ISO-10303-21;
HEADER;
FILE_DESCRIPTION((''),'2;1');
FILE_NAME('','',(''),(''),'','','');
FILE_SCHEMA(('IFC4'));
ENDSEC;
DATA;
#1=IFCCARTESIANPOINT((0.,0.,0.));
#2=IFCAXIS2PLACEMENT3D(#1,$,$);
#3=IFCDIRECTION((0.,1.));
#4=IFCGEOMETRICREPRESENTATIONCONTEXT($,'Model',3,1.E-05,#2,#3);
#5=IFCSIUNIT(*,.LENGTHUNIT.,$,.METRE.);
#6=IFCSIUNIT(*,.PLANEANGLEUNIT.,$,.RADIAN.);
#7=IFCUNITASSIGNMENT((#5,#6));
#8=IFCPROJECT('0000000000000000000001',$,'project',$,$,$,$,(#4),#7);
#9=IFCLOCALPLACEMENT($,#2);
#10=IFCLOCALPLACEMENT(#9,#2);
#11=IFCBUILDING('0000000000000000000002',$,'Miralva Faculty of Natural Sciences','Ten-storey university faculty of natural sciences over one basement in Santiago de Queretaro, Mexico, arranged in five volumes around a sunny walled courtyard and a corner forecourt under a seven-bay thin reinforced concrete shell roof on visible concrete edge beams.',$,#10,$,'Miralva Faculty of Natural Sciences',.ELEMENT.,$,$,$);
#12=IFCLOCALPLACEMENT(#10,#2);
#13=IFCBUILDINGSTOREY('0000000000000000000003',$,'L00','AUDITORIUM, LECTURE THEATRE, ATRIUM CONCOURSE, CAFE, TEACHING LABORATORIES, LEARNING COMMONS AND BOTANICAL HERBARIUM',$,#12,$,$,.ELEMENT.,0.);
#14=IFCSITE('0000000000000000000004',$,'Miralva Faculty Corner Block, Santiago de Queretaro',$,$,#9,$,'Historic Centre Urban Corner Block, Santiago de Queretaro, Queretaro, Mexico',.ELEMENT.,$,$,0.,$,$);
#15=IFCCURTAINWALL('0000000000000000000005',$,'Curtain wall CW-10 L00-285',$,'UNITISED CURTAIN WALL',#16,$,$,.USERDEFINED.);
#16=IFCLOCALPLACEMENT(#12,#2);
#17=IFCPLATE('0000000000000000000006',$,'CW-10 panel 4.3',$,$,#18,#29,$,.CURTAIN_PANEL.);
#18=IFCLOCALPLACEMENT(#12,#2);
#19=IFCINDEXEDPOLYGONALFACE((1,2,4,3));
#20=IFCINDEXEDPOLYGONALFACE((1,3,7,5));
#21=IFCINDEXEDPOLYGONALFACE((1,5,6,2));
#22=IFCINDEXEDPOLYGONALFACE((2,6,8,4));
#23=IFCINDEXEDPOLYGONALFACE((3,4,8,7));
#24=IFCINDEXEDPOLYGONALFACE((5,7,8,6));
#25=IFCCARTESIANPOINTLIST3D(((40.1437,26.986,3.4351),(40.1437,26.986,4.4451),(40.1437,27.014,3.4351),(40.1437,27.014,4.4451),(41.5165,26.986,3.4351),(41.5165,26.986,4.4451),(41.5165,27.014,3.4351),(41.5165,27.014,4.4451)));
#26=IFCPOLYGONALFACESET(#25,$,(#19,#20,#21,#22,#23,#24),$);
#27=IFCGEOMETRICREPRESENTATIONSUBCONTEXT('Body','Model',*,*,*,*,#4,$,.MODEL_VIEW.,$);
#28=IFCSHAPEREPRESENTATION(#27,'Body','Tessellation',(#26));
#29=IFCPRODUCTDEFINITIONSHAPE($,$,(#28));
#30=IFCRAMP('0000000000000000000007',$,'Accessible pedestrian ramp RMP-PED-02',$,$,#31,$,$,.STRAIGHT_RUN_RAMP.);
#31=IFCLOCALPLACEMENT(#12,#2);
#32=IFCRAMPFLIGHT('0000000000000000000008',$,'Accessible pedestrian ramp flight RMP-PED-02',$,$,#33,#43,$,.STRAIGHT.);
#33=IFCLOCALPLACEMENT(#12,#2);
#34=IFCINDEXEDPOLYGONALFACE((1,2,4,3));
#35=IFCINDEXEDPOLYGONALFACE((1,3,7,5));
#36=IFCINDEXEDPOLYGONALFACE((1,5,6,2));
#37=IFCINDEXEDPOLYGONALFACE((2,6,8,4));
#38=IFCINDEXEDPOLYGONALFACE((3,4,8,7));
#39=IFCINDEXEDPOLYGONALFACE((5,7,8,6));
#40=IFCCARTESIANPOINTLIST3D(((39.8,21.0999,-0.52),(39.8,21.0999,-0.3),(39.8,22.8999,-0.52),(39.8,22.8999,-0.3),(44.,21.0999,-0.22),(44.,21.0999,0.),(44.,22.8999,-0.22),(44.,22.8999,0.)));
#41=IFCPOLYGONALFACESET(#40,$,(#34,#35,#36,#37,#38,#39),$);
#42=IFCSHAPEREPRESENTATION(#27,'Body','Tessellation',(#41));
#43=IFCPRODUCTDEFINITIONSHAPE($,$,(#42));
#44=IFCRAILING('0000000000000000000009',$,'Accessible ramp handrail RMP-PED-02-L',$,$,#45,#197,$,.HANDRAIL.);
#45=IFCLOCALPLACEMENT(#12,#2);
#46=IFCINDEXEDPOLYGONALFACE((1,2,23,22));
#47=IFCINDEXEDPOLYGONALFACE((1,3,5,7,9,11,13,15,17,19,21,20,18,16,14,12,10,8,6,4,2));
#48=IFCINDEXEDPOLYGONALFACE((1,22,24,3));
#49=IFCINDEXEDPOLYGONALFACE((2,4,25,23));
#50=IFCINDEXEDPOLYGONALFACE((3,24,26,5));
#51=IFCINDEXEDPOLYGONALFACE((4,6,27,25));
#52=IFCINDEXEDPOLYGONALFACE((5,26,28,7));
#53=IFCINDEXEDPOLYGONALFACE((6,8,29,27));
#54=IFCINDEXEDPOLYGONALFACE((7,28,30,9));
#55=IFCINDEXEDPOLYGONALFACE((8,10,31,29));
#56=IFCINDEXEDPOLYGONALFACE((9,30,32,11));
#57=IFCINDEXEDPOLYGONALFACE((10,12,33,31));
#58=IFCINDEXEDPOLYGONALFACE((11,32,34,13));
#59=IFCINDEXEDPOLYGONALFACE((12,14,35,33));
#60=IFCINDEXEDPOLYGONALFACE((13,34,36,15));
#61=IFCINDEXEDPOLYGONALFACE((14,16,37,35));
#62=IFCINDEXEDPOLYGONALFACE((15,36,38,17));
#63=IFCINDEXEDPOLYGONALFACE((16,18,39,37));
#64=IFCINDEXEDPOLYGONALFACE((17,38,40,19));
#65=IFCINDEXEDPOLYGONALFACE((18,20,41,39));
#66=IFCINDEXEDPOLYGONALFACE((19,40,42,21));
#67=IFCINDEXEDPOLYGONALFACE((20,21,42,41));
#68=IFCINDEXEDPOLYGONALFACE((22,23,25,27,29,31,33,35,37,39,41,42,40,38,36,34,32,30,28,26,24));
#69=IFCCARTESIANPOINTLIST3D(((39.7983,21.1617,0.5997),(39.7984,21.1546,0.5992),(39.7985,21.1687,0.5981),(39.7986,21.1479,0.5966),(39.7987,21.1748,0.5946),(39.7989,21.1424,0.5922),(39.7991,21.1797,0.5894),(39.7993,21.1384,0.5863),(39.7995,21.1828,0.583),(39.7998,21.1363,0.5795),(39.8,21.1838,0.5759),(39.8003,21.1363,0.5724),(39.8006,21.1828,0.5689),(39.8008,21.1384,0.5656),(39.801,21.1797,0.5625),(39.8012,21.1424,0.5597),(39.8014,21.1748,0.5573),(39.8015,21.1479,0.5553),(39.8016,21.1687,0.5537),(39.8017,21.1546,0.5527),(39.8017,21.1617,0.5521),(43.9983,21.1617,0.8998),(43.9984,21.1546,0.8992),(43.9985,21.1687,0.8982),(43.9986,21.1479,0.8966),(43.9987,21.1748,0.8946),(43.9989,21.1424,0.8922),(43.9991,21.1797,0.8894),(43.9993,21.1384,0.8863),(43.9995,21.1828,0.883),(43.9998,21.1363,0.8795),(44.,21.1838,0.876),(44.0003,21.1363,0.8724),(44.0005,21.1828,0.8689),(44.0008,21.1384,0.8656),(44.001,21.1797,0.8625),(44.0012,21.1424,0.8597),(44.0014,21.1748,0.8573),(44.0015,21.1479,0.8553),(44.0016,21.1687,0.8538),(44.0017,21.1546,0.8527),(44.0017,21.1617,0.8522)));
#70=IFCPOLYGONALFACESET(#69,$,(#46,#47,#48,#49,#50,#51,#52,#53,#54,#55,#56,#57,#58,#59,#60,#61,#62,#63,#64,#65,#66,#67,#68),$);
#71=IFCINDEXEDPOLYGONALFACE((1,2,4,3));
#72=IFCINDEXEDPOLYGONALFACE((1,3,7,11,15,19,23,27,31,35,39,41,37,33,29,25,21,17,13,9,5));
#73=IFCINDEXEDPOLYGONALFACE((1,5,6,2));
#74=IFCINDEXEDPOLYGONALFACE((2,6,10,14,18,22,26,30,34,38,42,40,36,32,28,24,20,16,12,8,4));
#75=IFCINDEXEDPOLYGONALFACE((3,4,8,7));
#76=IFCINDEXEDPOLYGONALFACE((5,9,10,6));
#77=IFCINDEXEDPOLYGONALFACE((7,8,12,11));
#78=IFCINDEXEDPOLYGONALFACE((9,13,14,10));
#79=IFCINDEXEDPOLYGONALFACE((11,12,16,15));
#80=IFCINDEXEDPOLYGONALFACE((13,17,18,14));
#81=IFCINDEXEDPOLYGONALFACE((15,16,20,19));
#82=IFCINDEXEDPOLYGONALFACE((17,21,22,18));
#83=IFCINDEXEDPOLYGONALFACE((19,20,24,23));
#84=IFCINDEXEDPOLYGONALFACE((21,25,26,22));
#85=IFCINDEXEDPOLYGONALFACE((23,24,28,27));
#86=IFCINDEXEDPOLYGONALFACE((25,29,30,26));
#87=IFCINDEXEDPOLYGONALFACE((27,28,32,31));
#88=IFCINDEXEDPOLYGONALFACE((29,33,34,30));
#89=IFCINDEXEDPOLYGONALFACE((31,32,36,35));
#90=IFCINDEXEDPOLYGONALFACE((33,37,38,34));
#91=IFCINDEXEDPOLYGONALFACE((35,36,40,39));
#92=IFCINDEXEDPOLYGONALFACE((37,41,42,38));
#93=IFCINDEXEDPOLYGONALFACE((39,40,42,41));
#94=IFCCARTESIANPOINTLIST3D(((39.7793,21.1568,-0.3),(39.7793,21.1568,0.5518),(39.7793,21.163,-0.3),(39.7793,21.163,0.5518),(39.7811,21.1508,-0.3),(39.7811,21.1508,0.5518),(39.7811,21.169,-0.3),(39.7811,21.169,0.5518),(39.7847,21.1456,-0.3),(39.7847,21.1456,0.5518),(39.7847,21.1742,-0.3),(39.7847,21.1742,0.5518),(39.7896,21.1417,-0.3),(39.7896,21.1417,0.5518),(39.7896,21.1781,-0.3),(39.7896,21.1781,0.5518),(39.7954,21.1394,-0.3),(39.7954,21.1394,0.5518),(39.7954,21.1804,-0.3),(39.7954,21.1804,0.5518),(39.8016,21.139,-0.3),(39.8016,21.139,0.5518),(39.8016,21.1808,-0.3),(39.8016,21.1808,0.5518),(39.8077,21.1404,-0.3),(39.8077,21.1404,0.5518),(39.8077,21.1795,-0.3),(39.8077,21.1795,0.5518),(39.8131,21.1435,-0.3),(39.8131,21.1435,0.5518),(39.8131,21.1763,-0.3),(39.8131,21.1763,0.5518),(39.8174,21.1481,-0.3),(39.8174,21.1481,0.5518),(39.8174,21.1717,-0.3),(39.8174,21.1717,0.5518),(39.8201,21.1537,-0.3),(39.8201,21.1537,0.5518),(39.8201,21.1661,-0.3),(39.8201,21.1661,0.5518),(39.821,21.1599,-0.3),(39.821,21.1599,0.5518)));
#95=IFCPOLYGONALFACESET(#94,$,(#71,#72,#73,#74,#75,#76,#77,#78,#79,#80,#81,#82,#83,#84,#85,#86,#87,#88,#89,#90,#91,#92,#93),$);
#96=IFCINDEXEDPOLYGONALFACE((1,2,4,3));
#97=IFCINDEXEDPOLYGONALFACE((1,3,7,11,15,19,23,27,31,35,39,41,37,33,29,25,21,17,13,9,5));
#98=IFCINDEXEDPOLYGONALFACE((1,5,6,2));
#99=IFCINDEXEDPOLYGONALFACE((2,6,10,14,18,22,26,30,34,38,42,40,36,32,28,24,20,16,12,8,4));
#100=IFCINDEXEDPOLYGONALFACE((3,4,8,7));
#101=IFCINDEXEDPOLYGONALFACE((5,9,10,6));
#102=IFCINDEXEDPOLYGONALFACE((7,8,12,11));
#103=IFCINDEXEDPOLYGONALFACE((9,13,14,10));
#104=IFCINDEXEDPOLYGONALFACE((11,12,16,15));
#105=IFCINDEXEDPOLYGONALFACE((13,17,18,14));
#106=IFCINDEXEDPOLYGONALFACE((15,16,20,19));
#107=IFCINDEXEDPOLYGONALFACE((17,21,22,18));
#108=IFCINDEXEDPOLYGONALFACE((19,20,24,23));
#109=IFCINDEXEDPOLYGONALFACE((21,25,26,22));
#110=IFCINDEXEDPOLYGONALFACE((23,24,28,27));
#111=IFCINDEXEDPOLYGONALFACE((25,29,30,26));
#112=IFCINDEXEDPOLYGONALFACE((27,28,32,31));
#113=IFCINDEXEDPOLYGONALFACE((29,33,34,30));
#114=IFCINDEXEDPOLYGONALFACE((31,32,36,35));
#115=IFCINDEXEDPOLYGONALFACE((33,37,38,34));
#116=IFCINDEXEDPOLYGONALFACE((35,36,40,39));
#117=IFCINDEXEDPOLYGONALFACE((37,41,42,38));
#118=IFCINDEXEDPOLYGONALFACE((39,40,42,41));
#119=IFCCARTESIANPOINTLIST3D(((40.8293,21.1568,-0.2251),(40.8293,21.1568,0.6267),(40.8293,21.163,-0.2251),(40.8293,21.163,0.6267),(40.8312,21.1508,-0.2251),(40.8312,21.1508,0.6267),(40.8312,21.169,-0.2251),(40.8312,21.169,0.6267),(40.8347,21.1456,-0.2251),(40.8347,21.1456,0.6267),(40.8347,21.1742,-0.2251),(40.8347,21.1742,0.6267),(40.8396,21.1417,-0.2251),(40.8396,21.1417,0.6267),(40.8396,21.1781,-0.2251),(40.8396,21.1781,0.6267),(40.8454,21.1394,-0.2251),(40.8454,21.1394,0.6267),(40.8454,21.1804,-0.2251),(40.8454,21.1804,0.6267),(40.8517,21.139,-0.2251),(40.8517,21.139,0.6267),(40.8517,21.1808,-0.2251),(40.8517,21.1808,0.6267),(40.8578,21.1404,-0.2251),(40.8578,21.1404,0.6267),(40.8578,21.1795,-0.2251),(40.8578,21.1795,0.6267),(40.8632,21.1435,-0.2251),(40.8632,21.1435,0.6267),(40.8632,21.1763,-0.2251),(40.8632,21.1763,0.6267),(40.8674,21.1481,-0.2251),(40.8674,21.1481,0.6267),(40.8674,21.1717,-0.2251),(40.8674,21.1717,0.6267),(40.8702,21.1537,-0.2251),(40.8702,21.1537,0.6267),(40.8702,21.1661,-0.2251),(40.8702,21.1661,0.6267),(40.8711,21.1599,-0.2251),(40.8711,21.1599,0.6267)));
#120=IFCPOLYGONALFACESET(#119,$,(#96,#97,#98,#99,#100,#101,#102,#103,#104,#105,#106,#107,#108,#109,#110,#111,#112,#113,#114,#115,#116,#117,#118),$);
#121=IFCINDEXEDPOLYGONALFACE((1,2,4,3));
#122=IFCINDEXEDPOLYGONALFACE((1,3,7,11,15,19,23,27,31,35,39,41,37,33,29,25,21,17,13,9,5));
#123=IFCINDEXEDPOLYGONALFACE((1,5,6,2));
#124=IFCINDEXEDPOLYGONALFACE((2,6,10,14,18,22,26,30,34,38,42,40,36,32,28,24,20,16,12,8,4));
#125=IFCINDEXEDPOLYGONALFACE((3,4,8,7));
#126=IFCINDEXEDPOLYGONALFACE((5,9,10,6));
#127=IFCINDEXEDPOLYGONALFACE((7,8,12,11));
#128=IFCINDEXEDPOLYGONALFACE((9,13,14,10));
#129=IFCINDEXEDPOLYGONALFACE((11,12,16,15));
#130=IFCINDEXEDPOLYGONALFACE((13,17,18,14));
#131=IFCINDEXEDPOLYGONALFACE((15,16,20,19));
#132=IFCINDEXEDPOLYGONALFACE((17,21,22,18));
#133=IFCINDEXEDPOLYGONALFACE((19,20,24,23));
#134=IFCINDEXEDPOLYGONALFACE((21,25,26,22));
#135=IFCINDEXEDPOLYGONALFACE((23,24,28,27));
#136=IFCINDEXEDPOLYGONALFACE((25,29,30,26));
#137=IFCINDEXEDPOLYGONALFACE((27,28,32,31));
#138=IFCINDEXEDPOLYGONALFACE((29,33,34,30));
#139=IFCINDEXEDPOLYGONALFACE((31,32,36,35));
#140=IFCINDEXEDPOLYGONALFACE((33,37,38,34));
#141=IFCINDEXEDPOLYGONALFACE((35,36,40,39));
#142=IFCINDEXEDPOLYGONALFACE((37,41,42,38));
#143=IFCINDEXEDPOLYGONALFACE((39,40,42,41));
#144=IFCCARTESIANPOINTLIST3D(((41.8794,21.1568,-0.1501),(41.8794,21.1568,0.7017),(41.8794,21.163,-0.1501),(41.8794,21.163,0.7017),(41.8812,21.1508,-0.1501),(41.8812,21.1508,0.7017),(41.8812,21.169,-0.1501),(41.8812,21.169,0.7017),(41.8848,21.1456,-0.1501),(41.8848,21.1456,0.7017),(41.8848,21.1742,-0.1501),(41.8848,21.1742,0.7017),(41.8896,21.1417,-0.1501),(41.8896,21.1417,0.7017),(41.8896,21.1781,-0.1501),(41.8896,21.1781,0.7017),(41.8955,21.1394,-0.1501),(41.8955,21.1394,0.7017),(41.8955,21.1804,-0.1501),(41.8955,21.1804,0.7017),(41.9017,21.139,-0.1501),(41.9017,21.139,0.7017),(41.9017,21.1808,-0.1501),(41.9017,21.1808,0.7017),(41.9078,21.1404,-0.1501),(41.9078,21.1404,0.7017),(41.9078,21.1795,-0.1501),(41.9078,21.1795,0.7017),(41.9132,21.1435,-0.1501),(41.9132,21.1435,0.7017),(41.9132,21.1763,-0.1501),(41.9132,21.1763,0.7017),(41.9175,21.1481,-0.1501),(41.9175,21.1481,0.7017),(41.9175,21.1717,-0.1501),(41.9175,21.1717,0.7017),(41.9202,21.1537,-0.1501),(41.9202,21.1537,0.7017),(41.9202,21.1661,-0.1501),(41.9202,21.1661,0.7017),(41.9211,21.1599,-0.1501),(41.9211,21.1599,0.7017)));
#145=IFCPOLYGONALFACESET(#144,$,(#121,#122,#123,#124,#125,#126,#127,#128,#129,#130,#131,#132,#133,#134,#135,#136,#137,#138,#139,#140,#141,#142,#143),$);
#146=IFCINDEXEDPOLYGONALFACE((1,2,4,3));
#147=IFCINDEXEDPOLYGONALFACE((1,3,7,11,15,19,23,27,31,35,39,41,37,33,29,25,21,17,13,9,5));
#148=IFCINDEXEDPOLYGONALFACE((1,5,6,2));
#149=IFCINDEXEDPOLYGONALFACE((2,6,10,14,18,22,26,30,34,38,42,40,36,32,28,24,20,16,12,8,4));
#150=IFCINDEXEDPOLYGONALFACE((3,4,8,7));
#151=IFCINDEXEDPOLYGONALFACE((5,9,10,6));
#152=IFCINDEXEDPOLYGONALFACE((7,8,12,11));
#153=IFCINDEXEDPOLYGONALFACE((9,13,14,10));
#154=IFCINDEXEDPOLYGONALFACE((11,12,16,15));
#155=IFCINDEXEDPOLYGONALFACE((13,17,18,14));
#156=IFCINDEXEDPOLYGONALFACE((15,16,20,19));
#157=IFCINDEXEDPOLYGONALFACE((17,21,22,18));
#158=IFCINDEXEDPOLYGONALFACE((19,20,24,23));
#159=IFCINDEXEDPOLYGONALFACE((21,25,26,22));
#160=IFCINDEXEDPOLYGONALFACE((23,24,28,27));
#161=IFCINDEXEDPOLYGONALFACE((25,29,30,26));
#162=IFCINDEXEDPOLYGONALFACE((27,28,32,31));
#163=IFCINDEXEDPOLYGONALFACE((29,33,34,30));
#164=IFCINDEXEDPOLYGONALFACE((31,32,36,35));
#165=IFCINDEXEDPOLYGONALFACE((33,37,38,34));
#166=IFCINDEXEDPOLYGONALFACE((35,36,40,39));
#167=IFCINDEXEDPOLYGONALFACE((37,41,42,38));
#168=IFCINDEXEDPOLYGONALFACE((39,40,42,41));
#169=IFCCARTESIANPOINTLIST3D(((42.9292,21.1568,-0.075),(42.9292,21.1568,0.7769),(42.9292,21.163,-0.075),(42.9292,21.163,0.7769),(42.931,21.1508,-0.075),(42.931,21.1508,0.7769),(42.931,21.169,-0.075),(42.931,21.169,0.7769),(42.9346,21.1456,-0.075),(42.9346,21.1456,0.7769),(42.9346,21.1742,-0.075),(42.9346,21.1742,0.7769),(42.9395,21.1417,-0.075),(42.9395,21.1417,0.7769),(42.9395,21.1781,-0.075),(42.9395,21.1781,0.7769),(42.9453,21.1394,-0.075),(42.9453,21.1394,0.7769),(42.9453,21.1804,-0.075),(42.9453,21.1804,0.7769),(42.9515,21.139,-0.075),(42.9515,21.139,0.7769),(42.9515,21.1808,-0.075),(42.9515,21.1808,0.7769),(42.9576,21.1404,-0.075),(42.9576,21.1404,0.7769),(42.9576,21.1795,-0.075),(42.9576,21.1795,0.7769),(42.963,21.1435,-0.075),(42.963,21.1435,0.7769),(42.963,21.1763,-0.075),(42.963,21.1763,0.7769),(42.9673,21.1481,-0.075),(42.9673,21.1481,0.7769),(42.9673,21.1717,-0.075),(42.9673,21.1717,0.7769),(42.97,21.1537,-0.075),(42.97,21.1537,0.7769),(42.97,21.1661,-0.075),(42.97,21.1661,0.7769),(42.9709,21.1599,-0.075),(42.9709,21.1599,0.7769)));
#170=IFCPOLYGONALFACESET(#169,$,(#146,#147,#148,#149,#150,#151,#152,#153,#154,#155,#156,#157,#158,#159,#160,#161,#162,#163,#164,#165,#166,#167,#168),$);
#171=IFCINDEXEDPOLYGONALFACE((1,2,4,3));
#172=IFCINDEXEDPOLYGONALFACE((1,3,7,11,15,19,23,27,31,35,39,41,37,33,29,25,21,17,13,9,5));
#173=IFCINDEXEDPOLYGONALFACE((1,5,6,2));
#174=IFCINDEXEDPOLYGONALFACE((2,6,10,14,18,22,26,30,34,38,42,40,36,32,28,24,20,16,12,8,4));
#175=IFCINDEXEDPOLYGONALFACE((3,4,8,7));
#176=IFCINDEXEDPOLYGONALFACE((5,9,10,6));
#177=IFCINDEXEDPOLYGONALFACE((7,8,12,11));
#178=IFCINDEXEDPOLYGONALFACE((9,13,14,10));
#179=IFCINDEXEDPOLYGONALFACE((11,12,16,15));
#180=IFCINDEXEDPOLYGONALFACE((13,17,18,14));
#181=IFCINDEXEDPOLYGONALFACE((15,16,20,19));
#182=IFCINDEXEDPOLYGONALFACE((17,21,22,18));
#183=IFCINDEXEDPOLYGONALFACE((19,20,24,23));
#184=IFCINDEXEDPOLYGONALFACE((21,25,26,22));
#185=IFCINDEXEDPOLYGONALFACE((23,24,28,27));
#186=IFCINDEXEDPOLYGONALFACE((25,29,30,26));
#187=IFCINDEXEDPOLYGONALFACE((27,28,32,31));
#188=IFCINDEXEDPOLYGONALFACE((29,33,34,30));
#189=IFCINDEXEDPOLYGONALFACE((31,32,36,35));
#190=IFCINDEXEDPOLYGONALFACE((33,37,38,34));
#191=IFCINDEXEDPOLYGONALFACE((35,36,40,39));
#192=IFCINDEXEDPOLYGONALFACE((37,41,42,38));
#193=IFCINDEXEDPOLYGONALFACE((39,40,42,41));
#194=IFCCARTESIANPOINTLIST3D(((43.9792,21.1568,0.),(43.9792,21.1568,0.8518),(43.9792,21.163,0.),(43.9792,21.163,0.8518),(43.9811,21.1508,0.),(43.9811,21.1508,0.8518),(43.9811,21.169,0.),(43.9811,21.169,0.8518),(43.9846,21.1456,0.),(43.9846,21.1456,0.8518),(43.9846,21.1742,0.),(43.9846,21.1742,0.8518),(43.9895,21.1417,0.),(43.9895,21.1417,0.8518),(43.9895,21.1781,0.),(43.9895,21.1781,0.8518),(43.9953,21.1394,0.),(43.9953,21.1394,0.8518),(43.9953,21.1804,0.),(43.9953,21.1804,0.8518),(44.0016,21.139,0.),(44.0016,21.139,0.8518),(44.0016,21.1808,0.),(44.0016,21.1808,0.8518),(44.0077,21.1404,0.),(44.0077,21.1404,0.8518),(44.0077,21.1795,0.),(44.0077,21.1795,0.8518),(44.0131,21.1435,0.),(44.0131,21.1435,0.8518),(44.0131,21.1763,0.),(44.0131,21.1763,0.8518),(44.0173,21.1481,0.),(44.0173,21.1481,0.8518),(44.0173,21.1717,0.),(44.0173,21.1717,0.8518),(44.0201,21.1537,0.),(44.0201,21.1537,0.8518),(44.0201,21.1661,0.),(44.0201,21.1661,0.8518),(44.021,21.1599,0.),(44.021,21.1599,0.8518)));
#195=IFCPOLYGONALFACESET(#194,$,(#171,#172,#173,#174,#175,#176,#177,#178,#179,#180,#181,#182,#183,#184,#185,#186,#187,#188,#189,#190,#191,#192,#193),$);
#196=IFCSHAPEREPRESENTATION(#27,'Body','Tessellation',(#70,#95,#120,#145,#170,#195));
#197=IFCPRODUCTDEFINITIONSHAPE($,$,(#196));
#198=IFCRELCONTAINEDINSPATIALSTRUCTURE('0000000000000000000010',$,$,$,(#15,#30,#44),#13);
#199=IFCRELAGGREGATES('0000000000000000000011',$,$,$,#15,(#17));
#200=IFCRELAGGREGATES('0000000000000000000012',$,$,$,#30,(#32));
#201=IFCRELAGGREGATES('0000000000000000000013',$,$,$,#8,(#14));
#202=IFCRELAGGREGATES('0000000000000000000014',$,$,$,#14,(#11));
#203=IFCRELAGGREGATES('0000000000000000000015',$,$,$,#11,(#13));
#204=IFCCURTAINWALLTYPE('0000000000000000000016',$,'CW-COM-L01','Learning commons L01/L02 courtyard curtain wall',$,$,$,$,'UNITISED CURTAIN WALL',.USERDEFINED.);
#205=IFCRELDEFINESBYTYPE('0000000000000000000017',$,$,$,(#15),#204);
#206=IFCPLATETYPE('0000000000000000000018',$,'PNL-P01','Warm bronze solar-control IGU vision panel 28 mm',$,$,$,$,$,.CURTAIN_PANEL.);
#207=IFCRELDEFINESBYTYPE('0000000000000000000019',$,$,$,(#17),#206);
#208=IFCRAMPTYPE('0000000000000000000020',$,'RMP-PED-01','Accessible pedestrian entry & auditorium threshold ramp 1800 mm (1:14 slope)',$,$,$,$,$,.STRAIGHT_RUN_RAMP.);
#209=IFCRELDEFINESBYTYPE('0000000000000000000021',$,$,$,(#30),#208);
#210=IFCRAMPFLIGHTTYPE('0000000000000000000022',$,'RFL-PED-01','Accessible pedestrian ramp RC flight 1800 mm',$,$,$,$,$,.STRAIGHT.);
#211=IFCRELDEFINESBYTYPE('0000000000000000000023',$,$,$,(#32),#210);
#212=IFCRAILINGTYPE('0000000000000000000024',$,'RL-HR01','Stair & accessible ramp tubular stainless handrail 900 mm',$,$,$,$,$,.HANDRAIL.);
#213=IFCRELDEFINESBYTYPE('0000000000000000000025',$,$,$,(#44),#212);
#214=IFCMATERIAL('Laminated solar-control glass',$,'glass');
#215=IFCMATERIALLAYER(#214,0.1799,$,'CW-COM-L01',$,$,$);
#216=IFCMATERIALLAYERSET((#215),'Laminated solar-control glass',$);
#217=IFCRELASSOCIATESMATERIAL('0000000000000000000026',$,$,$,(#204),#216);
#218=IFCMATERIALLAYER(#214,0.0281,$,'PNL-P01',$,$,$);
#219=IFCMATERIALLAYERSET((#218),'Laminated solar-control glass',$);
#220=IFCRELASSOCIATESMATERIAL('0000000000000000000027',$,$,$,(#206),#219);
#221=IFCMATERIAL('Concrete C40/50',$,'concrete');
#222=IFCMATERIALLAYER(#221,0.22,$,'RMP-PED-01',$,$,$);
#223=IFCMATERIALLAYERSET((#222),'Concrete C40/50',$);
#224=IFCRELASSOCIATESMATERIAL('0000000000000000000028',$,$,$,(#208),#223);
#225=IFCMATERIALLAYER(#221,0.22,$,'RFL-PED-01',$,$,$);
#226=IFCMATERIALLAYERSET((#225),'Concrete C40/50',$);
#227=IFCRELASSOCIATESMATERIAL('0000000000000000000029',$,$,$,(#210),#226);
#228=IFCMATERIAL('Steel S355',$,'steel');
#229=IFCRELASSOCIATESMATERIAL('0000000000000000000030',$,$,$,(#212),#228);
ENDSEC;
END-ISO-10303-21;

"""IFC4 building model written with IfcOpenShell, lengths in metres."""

from ifc_helpers import new_model, si_unit, direction, frame, origin, origin_2d, place, context, subcontext, project, spatial, polyline, rectangle, circle, outline, extrude, material, layer, layer_set, type_object, element, aggregate, save


model = new_model("IFC4")

# Units and contexts
model_context = context("Model", 3, precision=1e-05, world=origin(), true_north=direction((0.0, 1.0)))
body_context = subcontext(model_context, "Body", "Model", "MODEL_VIEW")
ifc_project = project(units=[si_unit("LENGTHUNIT", "METRE"), si_unit("PLANEANGLEUNIT", "RADIAN")], contexts=[model_context])

# Site, building, storey
site_placement = place(None, origin())
site = spatial("IfcSite", under=ifc_project, at=site_placement, Name="Miralva Faculty Corner Block, Santiago de Queretaro", LongName="Historic Centre Urban Corner Block, Santiago de Queretaro, Queretaro, Mexico", CompositionType="ELEMENT", RefElevation=0.0)
building_placement = place(site_placement, origin())
building = spatial("IfcBuilding", under=site, at=building_placement, Name="Miralva Faculty of Natural Sciences", Description="Ten-storey university faculty of natural sciences over one basement in Santiago de Queretaro, Mexico, arranged in five volumes around a sunny walled courtyard and a corner forecourt under a seven-bay thin reinforced concrete shell roof on visible concrete edge beams.", LongName="Miralva Faculty of Natural Sciences", CompositionType="ELEMENT")
storey_placement = place(building_placement, origin())
storey = spatial("IfcBuildingStorey", under=building, at=storey_placement, Name="L00", Description="AUDITORIUM, LECTURE THEATRE, ATRIUM CONCOURSE, CAFE, TEACHING LABORATORIES, LEARNING COMMONS AND BOTANICAL HERBARIUM", CompositionType="ELEMENT", Elevation=0.0)

# Shared definitions
ifc_material_1 = material(Name="Concrete C40/50", Category="concrete")

# Curtain wall, plate
ifc_material_2 = material(Name="Laminated solar-control glass", Category="glass")
ifc_layer_1 = layer(ifc_material_2, 0.1799, Name="CW-COM-L01")
ifc_layer_set_1 = layer_set([ifc_layer_1], Name="Laminated solar-control glass")
curtain_wall_type = type_object("IfcCurtainWallType", Name="CW-COM-L01", Description="Learning commons L01/L02 courtyard curtain wall", ElementType="UNITISED CURTAIN WALL", PredefinedType="USERDEFINED", material=ifc_layer_set_1)
curtain_wall_placement = place(storey_placement, origin())
curtain_wall = element("IfcCurtainWall", 1, at=curtain_wall_placement, inside=storey, type_object=curtain_wall_type, Name="Curtain wall CW-10 L00-285", ObjectType="UNITISED CURTAIN WALL", PredefinedType="USERDEFINED")
ifc_layer_2 = layer(ifc_material_2, 0.0281, Name="PNL-P01")
ifc_layer_set_2 = layer_set([ifc_layer_2], Name="Laminated solar-control glass")
plate_type = type_object("IfcPlateType", Name="PNL-P01", Description="Warm bronze solar-control IGU vision panel 28 mm", PredefinedType="CURTAIN_PANEL", material=ifc_layer_set_2)
plate_1_placement = place(storey_placement, frame((40.8301, 27.0, 3.4351), z_axis=(0.0, 0.0, 1.0), x_axis=(1.0, 0.0, 0.0)))
plate_1 = element("IfcPlate", 2, at=plate_1_placement, type_object=plate_type, Name="CW-10 panel 4.3", PredefinedType="CURTAIN_PANEL", context=body_context, shape_type="SweptSolid", body=[
    extrude(rectangle(XDim=1.3728, YDim=0.0281, at=origin_2d()), origin(), (0.0, 0.0, 1.0), 1.01),
])
aggregate(curtain_wall, [plate_1])

# Ramp, ramp flight
ifc_layer_3 = layer(ifc_material_1, 0.22, Name="RMP-PED-01")
ifc_layer_set_3 = layer_set([ifc_layer_3], Name="Concrete C40/50")
ramp_type = type_object("IfcRampType", Name="RMP-PED-01", Description="Accessible pedestrian entry & auditorium threshold ramp 1800 mm (1:14 slope)", PredefinedType="STRAIGHT_RUN_RAMP", material=ifc_layer_set_3)
ramp_placement = place(storey_placement, origin())
ramp = element("IfcRamp", 3, at=ramp_placement, inside=storey, type_object=ramp_type, Name="Accessible pedestrian ramp RMP-PED-02", PredefinedType="STRAIGHT_RUN_RAMP")
ifc_layer_4 = layer(ifc_material_1, 0.22, Name="RFL-PED-01")
ifc_layer_set_4 = layer_set([ifc_layer_4], Name="Concrete C40/50")
ramp_flight_type = type_object("IfcRampFlightType", Name="RFL-PED-01", Description="Accessible pedestrian ramp RC flight 1800 mm", PredefinedType="STRAIGHT", material=ifc_layer_set_4)
ramp_flight_placement = place(storey_placement, frame((39.8, 22.0, -0.3), z_axis=(0.0, 0.0, 1.0), x_axis=(1.0, 0.0, 0.0)))
ramp_flight = element("IfcRampFlight", 4, at=ramp_flight_placement, type_object=ramp_flight_type, Name="Accessible pedestrian ramp flight RMP-PED-02", PredefinedType="STRAIGHT", context=body_context, shape_type="SweptSolid", body=[
    extrude(outline(polyline([(0.0, -0.22), (4.2, 0.0801), (4.2, 0.3), (0.0, 0.0), (0.0, -0.22)])), frame((0.0, 0.8999, 0.0), z_axis=(0.0, -1.0, 0.0), x_axis=(1.0, 0.0, 0.0)), (0.0, 0.0, 1.0), 1.8),
])
aggregate(ramp, [ramp_flight])

# Railing
ifc_material_3 = material(Name="Steel S355", Category="steel")
railing_type = type_object("IfcRailingType", Name="RL-HR01", Description="Stair & accessible ramp tubular stainless handrail 900 mm", PredefinedType="HANDRAIL", material=ifc_material_3)
for number, where, name in (
    (5, (39.8, 21.1599, -0.3), "Accessible ramp handrail RMP-PED-02-L"),
):
    element("IfcRailing", number, at=place(storey_placement, frame(where)), inside=storey, type_object=railing_type, Name=name, PredefinedType="HANDRAIL", context=body_context, shape_type="SweptSolid", body=[
        extrude(circle(Radius=0.0239, at=origin_2d()), frame((0.0, 0.0, 0.876), z_axis=(0.997458, 0.0, 0.071259), x_axis=(0.0, 1.0, 0.0)), (0.0, 0.0, 1.0), 4.2107),
        extrude(circle(Radius=0.021, at=origin_2d()), origin(), (0.0, 0.0, 1.0), 0.8518),
        extrude(circle(Radius=0.021, at=origin_2d()), frame((1.05, 0.0, 0.075)), (0.0, 0.0, 1.0), 0.8518),
        extrude(circle(Radius=0.021, at=origin_2d()), frame((2.1001, 0.0, 0.1499)), (0.0, 0.0, 1.0), 0.8518),
        extrude(circle(Radius=0.021, at=origin_2d()), frame((3.1499, 0.0, 0.2251)), (0.0, 0.0, 1.0), 0.8518),
        extrude(circle(Radius=0.021, at=origin_2d()), frame((4.2, 0.0, 0.3)), (0.0, 0.0, 1.0), 0.8518),
    ])

save(model, "model.ifc")
